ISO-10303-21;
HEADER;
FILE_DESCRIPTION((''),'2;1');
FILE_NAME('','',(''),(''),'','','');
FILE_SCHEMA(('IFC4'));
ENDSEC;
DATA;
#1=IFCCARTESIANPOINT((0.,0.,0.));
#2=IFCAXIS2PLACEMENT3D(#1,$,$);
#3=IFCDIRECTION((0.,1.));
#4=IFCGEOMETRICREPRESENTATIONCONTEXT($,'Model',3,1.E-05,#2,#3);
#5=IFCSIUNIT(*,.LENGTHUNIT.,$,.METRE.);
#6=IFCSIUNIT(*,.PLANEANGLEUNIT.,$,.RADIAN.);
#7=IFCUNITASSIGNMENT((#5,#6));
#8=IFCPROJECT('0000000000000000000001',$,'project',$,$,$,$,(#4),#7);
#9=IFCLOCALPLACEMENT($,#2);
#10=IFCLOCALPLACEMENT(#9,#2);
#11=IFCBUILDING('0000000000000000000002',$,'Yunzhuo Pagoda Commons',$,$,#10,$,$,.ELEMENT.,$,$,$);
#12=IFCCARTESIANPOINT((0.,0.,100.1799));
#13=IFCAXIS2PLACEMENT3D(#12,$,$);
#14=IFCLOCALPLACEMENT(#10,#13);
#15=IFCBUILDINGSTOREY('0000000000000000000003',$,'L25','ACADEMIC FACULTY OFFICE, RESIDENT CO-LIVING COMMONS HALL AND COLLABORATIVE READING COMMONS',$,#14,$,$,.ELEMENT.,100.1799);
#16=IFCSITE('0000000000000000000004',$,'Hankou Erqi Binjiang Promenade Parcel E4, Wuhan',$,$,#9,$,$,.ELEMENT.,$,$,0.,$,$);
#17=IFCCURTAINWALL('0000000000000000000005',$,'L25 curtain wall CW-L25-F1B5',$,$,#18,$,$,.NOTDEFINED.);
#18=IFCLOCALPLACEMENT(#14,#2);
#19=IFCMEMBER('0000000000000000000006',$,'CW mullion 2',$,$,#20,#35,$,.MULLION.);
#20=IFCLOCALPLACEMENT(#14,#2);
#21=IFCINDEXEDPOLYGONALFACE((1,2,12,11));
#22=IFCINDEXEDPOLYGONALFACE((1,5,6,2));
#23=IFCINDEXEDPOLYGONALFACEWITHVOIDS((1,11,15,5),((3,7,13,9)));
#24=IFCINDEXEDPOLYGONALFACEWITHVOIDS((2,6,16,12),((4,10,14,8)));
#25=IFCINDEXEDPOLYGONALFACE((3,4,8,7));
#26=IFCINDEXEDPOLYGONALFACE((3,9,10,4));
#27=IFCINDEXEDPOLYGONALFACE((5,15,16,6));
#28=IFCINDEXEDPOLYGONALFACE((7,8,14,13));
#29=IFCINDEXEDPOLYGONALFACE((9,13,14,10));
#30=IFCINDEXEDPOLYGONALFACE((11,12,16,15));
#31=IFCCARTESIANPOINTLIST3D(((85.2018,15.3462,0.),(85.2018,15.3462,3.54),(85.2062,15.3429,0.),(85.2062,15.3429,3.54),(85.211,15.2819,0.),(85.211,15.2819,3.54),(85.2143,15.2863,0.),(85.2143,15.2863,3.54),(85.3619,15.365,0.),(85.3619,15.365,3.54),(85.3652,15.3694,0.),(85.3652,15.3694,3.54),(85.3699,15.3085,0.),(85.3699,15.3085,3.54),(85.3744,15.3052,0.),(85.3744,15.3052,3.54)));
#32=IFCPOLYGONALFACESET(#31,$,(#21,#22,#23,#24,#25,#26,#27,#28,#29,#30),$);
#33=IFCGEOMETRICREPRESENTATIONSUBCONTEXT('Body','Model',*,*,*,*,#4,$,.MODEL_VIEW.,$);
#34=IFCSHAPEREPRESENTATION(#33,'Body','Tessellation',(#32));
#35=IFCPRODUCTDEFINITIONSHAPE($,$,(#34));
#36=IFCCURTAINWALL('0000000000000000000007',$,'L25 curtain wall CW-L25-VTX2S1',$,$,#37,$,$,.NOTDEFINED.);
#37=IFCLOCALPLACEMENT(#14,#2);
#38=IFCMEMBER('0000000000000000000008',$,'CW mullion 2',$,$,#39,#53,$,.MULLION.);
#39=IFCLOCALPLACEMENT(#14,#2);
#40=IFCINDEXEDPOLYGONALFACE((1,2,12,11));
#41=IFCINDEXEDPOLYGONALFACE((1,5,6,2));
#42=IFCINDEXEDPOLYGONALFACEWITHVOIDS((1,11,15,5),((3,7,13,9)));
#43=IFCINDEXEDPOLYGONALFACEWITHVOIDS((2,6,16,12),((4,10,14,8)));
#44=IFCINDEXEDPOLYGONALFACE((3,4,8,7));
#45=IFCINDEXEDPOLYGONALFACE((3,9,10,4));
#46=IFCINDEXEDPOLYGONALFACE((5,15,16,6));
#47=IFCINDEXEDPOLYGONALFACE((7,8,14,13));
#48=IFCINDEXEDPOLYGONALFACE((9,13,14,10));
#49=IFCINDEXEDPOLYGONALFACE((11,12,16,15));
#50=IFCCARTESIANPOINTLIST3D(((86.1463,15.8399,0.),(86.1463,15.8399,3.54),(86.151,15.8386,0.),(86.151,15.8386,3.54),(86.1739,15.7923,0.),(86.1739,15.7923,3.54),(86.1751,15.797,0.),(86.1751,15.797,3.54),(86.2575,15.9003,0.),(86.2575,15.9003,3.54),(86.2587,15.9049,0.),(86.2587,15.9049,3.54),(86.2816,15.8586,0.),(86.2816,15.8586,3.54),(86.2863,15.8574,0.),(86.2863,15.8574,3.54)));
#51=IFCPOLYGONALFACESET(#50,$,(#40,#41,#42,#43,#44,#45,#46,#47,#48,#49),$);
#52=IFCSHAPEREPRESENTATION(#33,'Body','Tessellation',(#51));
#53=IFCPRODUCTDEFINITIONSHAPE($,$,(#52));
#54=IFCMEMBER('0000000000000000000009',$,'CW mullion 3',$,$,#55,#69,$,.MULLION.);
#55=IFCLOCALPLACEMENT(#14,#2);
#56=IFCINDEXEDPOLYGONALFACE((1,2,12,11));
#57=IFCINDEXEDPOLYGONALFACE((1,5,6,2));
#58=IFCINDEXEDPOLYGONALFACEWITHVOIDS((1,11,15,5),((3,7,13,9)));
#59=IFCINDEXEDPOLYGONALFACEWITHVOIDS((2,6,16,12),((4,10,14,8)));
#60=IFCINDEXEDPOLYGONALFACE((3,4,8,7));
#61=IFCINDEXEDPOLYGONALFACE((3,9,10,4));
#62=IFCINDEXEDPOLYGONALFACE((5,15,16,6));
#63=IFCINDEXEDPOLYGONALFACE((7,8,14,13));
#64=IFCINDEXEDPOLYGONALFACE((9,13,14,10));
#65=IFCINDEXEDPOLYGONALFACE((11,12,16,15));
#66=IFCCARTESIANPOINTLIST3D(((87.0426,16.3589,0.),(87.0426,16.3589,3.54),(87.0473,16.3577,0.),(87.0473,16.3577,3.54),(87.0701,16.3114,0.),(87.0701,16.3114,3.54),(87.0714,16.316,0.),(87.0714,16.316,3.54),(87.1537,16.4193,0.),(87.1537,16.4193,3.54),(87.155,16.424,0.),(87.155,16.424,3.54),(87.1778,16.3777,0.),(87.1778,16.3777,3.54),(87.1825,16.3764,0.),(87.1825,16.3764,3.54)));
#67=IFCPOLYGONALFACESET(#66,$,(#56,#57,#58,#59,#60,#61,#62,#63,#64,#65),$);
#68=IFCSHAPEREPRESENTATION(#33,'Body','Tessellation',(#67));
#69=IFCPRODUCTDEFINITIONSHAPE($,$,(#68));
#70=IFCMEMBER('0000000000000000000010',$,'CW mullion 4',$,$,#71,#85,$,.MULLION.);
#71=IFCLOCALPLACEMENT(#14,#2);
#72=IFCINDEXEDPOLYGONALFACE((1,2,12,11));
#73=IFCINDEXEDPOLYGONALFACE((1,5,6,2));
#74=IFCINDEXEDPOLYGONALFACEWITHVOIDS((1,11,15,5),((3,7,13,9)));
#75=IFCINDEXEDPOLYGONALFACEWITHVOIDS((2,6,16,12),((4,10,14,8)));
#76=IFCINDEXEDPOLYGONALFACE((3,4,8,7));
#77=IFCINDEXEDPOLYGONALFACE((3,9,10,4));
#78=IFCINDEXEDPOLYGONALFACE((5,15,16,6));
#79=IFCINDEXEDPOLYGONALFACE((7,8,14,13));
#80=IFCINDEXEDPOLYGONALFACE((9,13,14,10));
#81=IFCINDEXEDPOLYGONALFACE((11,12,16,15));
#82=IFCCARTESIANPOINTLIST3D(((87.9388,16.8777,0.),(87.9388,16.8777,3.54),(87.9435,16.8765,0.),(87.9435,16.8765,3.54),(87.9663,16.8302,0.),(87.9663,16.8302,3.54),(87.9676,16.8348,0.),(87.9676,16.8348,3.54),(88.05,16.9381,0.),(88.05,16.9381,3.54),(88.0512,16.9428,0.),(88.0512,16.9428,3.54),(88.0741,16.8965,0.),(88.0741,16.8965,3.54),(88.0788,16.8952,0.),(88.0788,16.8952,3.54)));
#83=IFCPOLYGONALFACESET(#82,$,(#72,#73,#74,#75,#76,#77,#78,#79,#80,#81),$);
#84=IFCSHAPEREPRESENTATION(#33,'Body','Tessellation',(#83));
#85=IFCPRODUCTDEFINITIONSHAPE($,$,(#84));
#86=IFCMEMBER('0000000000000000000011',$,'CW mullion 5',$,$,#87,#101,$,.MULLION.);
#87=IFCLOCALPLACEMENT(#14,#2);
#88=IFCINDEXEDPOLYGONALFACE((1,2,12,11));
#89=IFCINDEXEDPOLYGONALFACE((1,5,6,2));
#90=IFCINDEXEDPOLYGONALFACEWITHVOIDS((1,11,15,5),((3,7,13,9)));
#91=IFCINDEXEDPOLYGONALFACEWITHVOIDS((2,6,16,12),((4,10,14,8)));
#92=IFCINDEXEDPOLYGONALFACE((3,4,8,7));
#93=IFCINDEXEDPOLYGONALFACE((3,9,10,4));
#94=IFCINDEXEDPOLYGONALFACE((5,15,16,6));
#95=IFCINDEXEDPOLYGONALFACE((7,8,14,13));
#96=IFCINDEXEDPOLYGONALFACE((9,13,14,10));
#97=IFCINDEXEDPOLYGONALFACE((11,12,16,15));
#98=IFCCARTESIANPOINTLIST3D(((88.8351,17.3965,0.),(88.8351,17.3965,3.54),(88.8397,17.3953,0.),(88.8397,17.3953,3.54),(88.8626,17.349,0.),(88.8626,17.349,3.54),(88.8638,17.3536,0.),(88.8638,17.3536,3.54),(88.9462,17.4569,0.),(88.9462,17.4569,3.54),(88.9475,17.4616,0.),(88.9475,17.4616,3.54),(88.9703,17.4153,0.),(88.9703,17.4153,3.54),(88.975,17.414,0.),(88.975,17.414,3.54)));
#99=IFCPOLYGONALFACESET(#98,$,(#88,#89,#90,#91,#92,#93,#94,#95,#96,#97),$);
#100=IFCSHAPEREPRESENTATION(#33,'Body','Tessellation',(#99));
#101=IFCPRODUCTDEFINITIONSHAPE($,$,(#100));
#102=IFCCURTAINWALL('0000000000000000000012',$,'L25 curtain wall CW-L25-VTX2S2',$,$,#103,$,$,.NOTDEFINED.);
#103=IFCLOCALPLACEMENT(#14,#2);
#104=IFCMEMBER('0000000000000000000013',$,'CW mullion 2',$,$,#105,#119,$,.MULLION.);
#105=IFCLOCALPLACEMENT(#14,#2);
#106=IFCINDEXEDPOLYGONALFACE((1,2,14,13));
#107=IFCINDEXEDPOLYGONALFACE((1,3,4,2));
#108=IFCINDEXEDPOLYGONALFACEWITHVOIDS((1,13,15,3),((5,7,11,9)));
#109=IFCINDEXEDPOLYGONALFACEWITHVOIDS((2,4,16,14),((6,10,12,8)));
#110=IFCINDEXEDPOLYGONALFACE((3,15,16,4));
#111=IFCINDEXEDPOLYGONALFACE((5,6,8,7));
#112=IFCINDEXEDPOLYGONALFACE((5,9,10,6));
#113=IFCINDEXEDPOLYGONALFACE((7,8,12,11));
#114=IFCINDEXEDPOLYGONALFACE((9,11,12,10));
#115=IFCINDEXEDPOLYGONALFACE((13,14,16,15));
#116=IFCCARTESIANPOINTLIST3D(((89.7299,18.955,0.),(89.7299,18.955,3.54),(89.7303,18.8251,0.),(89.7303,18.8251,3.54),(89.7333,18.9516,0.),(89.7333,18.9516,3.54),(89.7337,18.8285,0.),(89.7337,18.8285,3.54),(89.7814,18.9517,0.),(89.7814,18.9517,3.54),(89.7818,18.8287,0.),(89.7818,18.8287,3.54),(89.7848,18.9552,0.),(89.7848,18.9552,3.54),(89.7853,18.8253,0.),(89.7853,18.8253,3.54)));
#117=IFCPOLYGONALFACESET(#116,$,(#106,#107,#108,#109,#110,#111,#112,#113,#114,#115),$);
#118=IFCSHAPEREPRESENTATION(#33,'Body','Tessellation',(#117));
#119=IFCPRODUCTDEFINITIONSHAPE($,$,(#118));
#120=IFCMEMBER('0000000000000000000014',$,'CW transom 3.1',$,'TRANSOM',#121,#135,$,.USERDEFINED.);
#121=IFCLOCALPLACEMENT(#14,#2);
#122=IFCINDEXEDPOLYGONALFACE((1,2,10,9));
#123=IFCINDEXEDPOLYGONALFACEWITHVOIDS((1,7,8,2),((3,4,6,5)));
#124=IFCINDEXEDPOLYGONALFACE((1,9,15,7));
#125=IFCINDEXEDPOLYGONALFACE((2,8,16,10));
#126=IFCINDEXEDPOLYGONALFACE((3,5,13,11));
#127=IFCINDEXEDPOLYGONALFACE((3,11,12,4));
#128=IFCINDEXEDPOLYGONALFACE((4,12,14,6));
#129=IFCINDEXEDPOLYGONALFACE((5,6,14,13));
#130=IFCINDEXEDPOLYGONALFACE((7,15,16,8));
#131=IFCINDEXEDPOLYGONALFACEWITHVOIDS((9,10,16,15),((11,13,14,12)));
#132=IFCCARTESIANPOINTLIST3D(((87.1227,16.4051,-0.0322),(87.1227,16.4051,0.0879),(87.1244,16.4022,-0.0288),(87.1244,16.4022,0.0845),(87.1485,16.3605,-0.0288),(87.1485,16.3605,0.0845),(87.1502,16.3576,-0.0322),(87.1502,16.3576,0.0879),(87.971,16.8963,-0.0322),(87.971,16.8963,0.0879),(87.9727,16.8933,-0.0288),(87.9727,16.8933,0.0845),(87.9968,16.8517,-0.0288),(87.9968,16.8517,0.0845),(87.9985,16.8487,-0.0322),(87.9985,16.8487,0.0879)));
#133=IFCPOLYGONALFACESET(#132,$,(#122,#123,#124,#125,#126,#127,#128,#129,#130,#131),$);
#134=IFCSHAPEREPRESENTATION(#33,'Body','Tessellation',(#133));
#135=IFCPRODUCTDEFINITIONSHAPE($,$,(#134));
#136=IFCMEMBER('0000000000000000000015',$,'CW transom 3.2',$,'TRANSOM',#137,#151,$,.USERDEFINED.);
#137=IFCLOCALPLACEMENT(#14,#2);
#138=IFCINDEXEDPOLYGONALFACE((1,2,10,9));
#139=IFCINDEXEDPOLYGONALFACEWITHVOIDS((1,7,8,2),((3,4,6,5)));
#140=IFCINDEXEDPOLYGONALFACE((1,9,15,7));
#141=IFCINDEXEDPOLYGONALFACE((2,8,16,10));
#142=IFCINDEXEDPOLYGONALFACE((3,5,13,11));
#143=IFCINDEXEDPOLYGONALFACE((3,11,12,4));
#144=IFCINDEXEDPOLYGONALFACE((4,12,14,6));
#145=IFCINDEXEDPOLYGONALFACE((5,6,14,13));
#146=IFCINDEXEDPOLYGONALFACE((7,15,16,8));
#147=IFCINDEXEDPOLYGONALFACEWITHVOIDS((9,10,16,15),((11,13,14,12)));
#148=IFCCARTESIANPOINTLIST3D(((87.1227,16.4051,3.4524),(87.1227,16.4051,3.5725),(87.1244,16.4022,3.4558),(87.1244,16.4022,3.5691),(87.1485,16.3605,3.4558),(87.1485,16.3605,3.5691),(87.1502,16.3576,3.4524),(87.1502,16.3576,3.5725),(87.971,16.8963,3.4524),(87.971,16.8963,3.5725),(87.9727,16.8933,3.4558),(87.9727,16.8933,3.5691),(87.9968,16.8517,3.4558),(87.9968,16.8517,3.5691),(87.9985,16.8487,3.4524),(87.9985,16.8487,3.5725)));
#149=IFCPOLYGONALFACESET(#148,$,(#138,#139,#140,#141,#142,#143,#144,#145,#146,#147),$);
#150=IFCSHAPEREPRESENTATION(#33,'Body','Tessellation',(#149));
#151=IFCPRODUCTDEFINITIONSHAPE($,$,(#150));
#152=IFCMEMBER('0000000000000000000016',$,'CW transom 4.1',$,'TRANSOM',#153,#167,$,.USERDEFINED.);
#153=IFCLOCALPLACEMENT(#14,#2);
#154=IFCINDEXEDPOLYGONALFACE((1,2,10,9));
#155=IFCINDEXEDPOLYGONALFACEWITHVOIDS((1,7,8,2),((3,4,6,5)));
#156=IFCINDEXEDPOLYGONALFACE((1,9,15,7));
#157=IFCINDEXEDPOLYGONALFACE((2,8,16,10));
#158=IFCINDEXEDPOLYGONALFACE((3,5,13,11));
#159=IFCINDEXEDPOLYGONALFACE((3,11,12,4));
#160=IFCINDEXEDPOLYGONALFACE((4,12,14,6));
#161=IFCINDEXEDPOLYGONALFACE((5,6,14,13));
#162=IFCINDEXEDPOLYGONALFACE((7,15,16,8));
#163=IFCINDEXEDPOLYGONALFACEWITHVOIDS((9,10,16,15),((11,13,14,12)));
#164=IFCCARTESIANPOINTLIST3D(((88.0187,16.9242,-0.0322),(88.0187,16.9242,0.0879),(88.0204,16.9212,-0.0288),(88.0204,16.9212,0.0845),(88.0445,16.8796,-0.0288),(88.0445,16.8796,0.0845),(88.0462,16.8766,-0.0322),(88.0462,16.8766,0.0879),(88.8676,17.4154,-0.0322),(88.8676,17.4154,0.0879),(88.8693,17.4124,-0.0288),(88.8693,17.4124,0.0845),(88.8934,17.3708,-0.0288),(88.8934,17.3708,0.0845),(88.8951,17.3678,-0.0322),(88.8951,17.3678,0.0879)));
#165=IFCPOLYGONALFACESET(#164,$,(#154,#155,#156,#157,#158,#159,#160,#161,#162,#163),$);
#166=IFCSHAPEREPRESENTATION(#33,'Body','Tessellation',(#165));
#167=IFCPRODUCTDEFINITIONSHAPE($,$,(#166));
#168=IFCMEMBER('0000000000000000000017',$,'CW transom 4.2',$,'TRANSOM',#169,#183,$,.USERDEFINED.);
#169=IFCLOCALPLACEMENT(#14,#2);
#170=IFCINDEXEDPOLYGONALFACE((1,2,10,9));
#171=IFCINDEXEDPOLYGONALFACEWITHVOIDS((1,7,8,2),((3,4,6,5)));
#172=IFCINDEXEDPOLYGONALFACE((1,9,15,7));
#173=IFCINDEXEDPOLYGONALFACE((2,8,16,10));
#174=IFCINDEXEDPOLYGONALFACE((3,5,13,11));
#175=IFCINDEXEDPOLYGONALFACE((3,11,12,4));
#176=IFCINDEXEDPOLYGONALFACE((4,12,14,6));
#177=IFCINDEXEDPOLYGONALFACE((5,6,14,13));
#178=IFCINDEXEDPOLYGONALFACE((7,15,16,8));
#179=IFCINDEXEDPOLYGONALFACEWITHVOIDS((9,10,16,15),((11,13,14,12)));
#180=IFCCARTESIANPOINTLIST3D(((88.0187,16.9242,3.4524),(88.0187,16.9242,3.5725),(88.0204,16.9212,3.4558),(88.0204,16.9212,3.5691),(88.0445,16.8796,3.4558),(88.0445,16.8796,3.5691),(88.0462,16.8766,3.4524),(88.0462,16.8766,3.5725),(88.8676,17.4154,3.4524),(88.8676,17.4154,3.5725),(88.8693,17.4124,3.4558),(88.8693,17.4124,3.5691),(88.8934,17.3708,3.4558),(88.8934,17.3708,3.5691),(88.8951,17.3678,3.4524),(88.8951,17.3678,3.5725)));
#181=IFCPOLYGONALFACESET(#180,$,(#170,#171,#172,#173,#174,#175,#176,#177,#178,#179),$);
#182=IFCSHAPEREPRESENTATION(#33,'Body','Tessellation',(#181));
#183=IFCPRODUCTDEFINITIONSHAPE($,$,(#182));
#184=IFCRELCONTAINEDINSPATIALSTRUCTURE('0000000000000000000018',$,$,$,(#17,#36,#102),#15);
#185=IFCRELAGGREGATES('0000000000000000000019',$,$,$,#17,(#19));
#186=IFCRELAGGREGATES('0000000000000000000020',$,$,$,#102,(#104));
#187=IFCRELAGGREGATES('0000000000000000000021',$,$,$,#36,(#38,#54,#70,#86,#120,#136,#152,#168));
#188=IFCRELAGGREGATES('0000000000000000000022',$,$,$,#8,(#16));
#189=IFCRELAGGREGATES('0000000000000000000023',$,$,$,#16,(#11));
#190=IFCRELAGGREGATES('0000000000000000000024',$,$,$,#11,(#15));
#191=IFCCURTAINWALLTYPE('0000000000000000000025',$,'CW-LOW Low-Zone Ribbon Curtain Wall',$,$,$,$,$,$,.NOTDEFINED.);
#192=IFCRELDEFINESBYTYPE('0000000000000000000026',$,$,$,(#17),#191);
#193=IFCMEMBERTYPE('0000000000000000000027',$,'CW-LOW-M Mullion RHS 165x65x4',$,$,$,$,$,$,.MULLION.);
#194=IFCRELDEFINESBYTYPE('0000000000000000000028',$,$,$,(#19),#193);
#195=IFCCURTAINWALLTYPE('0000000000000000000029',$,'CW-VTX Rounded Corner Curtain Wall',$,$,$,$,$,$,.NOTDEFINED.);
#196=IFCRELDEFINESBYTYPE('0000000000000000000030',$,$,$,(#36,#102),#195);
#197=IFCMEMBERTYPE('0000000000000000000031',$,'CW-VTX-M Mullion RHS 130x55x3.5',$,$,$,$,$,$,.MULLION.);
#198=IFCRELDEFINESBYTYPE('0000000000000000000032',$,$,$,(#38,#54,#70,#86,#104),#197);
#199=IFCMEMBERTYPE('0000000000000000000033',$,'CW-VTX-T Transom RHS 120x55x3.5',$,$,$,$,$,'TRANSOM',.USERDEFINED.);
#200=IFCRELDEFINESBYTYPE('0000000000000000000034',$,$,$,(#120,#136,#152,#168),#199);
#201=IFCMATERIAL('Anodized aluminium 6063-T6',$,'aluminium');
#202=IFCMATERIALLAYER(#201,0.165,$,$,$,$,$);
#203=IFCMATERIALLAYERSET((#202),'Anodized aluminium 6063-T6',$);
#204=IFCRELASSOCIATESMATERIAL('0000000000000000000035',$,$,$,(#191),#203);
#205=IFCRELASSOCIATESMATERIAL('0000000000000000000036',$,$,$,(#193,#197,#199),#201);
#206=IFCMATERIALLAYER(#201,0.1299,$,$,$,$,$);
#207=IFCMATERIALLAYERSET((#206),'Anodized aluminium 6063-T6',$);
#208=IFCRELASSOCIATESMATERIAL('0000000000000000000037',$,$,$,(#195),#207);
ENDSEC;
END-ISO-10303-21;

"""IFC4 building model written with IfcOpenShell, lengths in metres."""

from ifc_helpers import new_model, si_unit, direction, frame, origin, origin_2d, place, context, subcontext, project, spatial, hollow_rectangle, extrude, source, transform, mapped, material, layer, layer_set, material_profile, profile_set, type_object, element, aggregate, save


model = new_model("IFC4")

# Units and contexts
model_context = context("Model", 3, precision=1e-05, world=origin(), true_north=direction((0.0, 1.0)))
body_context = subcontext(model_context, "Body", "Model", "MODEL_VIEW")
ifc_project = project(units=[si_unit("LENGTHUNIT", "METRE"), si_unit("PLANEANGLEUNIT", "RADIAN")], contexts=[model_context])

# Site, building, storey
site_placement = place(None, origin())
site = spatial("IfcSite", under=ifc_project, at=site_placement, Name="Hankou Erqi Binjiang Promenade Parcel E4, Wuhan", CompositionType="ELEMENT", RefElevation=0.0)
building_placement = place(site_placement, origin())
building = spatial("IfcBuilding", under=site, at=building_placement, Name="Yunzhuo Pagoda Commons", CompositionType="ELEMENT")
storey_placement = place(building_placement, frame((0.0, 0.0, 100.1799)))
storey = spatial("IfcBuildingStorey", under=building, at=storey_placement, Name="L25", Description="ACADEMIC FACULTY OFFICE, RESIDENT CO-LIVING COMMONS HALL AND COLLABORATIVE READING COMMONS", CompositionType="ELEMENT", Elevation=100.1799)

# Curtain wall, member
ifc_material_1 = material(Name="Anodized aluminium 6063-T6", Category="aluminium")
ifc_layer_1 = layer(ifc_material_1, 0.165)
ifc_layer_set_1 = layer_set([ifc_layer_1], Name="Anodized aluminium 6063-T6")
curtain_wall_type_1 = type_object("IfcCurtainWallType", Name="CW-LOW Low-Zone Ribbon Curtain Wall", PredefinedType="NOTDEFINED", material=ifc_layer_set_1)
curtain_wall_1_placement = place(storey_placement, origin())
curtain_wall_1 = element("IfcCurtainWall", 1, at=curtain_wall_1_placement, inside=storey, type_object=curtain_wall_type_1, Name="L25 curtain wall CW-L25-F1B5", PredefinedType="NOTDEFINED")
ifc_material_profile_1 = material_profile(ifc_material_1, hollow_rectangle(XDim=0.0649, YDim=0.165, WallThickness=0.0039, at=origin_2d()), Name="Anodized aluminium 6063-T6")
ifc_profile_set_1 = profile_set([ifc_material_profile_1], Name="Anodized aluminium 6063-T6")
member_type_1 = type_object("IfcMemberType", Name="CW-LOW-M Mullion RHS 165x65x4", PredefinedType="MULLION", material=ifc_profile_set_1)
shared_shape_1 = source(origin(), body_context, "Body", "SweptSolid", [
    extrude(hollow_rectangle(XDim=0.0649, YDim=0.165, WallThickness=0.0039, at=origin_2d()), origin(), (0.0, 0.0, 1.0), 3.54),
])
member_1_placement = place(storey_placement, frame((85.2881, 15.3257, 0.0), z_axis=(0.0, 0.0, 1.0), x_axis=(-0.140774, 0.990042, 0.0)))
member_1 = element("IfcMember", 2, at=member_1_placement, type_object=member_type_1, Name="CW mullion 2", PredefinedType="MULLION", context=body_context, shape_type="MappedRepresentation", body=[
    mapped(shared_shape_1, transform((0.0, 0.0, 0.0), scale=1.0)),
])
aggregate(curtain_wall_1, [member_1])

# Curtain wall, members
ifc_layer_2 = layer(ifc_material_1, 0.1299)
ifc_layer_set_2 = layer_set([ifc_layer_2], Name="Anodized aluminium 6063-T6")
curtain_wall_type_2 = type_object("IfcCurtainWallType", Name="CW-VTX Rounded Corner Curtain Wall", PredefinedType="NOTDEFINED", material=ifc_layer_set_2)
curtain_wall_2_placement = place(storey_placement, origin())
curtain_wall_2 = element("IfcCurtainWall", 3, at=curtain_wall_2_placement, inside=storey, type_object=curtain_wall_type_2, Name="L25 curtain wall CW-L25-VTX2S1", PredefinedType="NOTDEFINED")
ifc_material_profile_2 = material_profile(ifc_material_1, hollow_rectangle(XDim=0.0549, YDim=0.1299, WallThickness=0.0034, at=origin_2d()), Name="Anodized aluminium 6063-T6")
ifc_profile_set_2 = profile_set([ifc_material_profile_2], Name="Anodized aluminium 6063-T6")
member_type_2 = type_object("IfcMemberType", Name="CW-VTX-M Mullion RHS 130x55x3.5", PredefinedType="MULLION", material=ifc_profile_set_2)
shared_shape_2 = source(origin(), body_context, "Body", "SweptSolid", [
    extrude(hollow_rectangle(XDim=0.0549, YDim=0.1299, WallThickness=0.0034, at=origin_2d()), origin(), (0.0, 0.0, 1.0), 3.54),
])
member_2_placement = place(storey_placement, frame((86.2163, 15.8486, 0.0), z_axis=(0.0, 0.0, 1.0), x_axis=(-0.501036, 0.865427, 0.0)))
member_2 = element("IfcMember", 4, at=member_2_placement, type_object=member_type_2, Name="CW mullion 2", PredefinedType="MULLION", context=body_context, shape_type="MappedRepresentation", body=[
    mapped(shared_shape_2, transform((0.0, 0.0, 0.0), scale=1.0)),
])
member_3_placement = place(storey_placement, frame((87.1125, 16.3677, 0.0), z_axis=(0.0, 0.0, 1.0), x_axis=(-0.501036, 0.865427, 0.0)))
member_3 = element("IfcMember", 5, at=member_3_placement, type_object=member_type_2, Name="CW mullion 3", PredefinedType="MULLION", context=body_context, shape_type="MappedRepresentation", body=[
    mapped(shared_shape_2, transform((0.0, 0.0, 0.0), scale=1.0)),
])
member_4_placement = place(storey_placement, frame((88.0088, 16.8865, 0.0), z_axis=(0.0, 0.0, 1.0), x_axis=(-0.501036, 0.865427, 0.0)))
member_4 = element("IfcMember", 6, at=member_4_placement, type_object=member_type_2, Name="CW mullion 4", PredefinedType="MULLION", context=body_context, shape_type="MappedRepresentation", body=[
    mapped(shared_shape_2, transform((0.0, 0.0, 0.0), scale=1.0)),
])
member_5_placement = place(storey_placement, frame((88.905, 17.4053, 0.0), z_axis=(0.0, 0.0, 1.0), x_axis=(-0.501036, 0.865427, 0.0)))
member_5 = element("IfcMember", 7, at=member_5_placement, type_object=member_type_2, Name="CW mullion 5", PredefinedType="MULLION", context=body_context, shape_type="MappedRepresentation", body=[
    mapped(shared_shape_2, transform((0.0, 0.0, 0.0), scale=1.0)),
])

# Curtain wall, member
curtain_wall_3_placement = place(storey_placement, origin())
curtain_wall_3 = element("IfcCurtainWall", 8, at=curtain_wall_3_placement, inside=storey, type_object=curtain_wall_type_2, Name="L25 curtain wall CW-L25-VTX2S2", PredefinedType="NOTDEFINED")
member_6_placement = place(storey_placement, frame((89.7576, 18.8901, 0.0), z_axis=(0.0, 0.0, 1.0), x_axis=(-0.999994, -0.003573, 0.0)))
member_6 = element("IfcMember", 9, at=member_6_placement, type_object=member_type_2, Name="CW mullion 2", PredefinedType="MULLION", context=body_context, shape_type="MappedRepresentation", body=[
    mapped(shared_shape_2, transform((0.0, 0.0, 0.0), scale=1.0)),
])

# Members
ifc_material_profile_3 = material_profile(ifc_material_1, hollow_rectangle(XDim=0.0549, YDim=0.1201, WallThickness=0.0034, at=origin_2d()), Name="Anodized aluminium 6063-T6")
ifc_profile_set_3 = profile_set([ifc_material_profile_3], Name="Anodized aluminium 6063-T6")
member_type_3 = type_object("IfcMemberType", Name="CW-VTX-T Transom RHS 120x55x3.5", ElementType="TRANSOM", PredefinedType="USERDEFINED", material=ifc_profile_set_3)
shared_shape_3 = source(origin(), body_context, "Body", "SweptSolid", [
    extrude(hollow_rectangle(XDim=0.0549, YDim=0.1201, WallThickness=0.0034, at=origin_2d()), origin(), (0.0, 0.0, 1.0), 0.9802),
])
member_7_placement = place(storey_placement, frame((87.1365, 16.3813, 0.0278), z_axis=(0.865409, 0.501066, 0.0), x_axis=(-0.501066, 0.865409, 0.0)))
member_7 = element("IfcMember", 10, at=member_7_placement, type_object=member_type_3, Name="CW transom 3.1", ObjectType="TRANSOM", PredefinedType="USERDEFINED", context=body_context, shape_type="MappedRepresentation", body=[
    mapped(shared_shape_3, transform((0.0, 0.0, 0.0), scale=1.0)),
])
member_8_placement = place(storey_placement, frame((87.1365, 16.3813, 3.5125), z_axis=(0.865409, 0.501066, 0.0), x_axis=(-0.501066, 0.865409, 0.0)))
member_8 = element("IfcMember", 11, at=member_8_placement, type_object=member_type_3, Name="CW transom 3.2", ObjectType="TRANSOM", PredefinedType="USERDEFINED", context=body_context, shape_type="MappedRepresentation", body=[
    mapped(shared_shape_3, transform((0.0, 0.0, 0.0), scale=1.0)),
])
shared_shape_4 = source(origin(), body_context, "Body", "SweptSolid", [
    extrude(hollow_rectangle(XDim=0.0549, YDim=0.1201, WallThickness=0.0034, at=origin_2d()), origin(), (0.0, 0.0, 1.0), 0.9807),
])
member_9_placement = place(storey_placement, frame((88.0325, 16.9004, 0.0278), z_axis=(0.865534, 0.50085, 0.0), x_axis=(-0.50085, 0.865534, 0.0)))
member_9 = element("IfcMember", 12, at=member_9_placement, type_object=member_type_3, Name="CW transom 4.1", ObjectType="TRANSOM", PredefinedType="USERDEFINED", context=body_context, shape_type="MappedRepresentation", body=[
    mapped(shared_shape_4, transform((0.0, 0.0, 0.0), scale=1.0)),
])
member_10_placement = place(storey_placement, frame((88.0325, 16.9004, 3.5125), z_axis=(0.865534, 0.50085, 0.0), x_axis=(-0.50085, 0.865534, 0.0)))
member_10 = element("IfcMember", 13, at=member_10_placement, type_object=member_type_3, Name="CW transom 4.2", ObjectType="TRANSOM", PredefinedType="USERDEFINED", context=body_context, shape_type="MappedRepresentation", body=[
    mapped(shared_shape_4, transform((0.0, 0.0, 0.0), scale=1.0)),
])

aggregate(curtain_wall_3, [member_6])
aggregate(curtain_wall_2, [member_2, member_3, member_4, member_5, member_7, member_8, member_9, member_10])

save(model, "model.ifc")
